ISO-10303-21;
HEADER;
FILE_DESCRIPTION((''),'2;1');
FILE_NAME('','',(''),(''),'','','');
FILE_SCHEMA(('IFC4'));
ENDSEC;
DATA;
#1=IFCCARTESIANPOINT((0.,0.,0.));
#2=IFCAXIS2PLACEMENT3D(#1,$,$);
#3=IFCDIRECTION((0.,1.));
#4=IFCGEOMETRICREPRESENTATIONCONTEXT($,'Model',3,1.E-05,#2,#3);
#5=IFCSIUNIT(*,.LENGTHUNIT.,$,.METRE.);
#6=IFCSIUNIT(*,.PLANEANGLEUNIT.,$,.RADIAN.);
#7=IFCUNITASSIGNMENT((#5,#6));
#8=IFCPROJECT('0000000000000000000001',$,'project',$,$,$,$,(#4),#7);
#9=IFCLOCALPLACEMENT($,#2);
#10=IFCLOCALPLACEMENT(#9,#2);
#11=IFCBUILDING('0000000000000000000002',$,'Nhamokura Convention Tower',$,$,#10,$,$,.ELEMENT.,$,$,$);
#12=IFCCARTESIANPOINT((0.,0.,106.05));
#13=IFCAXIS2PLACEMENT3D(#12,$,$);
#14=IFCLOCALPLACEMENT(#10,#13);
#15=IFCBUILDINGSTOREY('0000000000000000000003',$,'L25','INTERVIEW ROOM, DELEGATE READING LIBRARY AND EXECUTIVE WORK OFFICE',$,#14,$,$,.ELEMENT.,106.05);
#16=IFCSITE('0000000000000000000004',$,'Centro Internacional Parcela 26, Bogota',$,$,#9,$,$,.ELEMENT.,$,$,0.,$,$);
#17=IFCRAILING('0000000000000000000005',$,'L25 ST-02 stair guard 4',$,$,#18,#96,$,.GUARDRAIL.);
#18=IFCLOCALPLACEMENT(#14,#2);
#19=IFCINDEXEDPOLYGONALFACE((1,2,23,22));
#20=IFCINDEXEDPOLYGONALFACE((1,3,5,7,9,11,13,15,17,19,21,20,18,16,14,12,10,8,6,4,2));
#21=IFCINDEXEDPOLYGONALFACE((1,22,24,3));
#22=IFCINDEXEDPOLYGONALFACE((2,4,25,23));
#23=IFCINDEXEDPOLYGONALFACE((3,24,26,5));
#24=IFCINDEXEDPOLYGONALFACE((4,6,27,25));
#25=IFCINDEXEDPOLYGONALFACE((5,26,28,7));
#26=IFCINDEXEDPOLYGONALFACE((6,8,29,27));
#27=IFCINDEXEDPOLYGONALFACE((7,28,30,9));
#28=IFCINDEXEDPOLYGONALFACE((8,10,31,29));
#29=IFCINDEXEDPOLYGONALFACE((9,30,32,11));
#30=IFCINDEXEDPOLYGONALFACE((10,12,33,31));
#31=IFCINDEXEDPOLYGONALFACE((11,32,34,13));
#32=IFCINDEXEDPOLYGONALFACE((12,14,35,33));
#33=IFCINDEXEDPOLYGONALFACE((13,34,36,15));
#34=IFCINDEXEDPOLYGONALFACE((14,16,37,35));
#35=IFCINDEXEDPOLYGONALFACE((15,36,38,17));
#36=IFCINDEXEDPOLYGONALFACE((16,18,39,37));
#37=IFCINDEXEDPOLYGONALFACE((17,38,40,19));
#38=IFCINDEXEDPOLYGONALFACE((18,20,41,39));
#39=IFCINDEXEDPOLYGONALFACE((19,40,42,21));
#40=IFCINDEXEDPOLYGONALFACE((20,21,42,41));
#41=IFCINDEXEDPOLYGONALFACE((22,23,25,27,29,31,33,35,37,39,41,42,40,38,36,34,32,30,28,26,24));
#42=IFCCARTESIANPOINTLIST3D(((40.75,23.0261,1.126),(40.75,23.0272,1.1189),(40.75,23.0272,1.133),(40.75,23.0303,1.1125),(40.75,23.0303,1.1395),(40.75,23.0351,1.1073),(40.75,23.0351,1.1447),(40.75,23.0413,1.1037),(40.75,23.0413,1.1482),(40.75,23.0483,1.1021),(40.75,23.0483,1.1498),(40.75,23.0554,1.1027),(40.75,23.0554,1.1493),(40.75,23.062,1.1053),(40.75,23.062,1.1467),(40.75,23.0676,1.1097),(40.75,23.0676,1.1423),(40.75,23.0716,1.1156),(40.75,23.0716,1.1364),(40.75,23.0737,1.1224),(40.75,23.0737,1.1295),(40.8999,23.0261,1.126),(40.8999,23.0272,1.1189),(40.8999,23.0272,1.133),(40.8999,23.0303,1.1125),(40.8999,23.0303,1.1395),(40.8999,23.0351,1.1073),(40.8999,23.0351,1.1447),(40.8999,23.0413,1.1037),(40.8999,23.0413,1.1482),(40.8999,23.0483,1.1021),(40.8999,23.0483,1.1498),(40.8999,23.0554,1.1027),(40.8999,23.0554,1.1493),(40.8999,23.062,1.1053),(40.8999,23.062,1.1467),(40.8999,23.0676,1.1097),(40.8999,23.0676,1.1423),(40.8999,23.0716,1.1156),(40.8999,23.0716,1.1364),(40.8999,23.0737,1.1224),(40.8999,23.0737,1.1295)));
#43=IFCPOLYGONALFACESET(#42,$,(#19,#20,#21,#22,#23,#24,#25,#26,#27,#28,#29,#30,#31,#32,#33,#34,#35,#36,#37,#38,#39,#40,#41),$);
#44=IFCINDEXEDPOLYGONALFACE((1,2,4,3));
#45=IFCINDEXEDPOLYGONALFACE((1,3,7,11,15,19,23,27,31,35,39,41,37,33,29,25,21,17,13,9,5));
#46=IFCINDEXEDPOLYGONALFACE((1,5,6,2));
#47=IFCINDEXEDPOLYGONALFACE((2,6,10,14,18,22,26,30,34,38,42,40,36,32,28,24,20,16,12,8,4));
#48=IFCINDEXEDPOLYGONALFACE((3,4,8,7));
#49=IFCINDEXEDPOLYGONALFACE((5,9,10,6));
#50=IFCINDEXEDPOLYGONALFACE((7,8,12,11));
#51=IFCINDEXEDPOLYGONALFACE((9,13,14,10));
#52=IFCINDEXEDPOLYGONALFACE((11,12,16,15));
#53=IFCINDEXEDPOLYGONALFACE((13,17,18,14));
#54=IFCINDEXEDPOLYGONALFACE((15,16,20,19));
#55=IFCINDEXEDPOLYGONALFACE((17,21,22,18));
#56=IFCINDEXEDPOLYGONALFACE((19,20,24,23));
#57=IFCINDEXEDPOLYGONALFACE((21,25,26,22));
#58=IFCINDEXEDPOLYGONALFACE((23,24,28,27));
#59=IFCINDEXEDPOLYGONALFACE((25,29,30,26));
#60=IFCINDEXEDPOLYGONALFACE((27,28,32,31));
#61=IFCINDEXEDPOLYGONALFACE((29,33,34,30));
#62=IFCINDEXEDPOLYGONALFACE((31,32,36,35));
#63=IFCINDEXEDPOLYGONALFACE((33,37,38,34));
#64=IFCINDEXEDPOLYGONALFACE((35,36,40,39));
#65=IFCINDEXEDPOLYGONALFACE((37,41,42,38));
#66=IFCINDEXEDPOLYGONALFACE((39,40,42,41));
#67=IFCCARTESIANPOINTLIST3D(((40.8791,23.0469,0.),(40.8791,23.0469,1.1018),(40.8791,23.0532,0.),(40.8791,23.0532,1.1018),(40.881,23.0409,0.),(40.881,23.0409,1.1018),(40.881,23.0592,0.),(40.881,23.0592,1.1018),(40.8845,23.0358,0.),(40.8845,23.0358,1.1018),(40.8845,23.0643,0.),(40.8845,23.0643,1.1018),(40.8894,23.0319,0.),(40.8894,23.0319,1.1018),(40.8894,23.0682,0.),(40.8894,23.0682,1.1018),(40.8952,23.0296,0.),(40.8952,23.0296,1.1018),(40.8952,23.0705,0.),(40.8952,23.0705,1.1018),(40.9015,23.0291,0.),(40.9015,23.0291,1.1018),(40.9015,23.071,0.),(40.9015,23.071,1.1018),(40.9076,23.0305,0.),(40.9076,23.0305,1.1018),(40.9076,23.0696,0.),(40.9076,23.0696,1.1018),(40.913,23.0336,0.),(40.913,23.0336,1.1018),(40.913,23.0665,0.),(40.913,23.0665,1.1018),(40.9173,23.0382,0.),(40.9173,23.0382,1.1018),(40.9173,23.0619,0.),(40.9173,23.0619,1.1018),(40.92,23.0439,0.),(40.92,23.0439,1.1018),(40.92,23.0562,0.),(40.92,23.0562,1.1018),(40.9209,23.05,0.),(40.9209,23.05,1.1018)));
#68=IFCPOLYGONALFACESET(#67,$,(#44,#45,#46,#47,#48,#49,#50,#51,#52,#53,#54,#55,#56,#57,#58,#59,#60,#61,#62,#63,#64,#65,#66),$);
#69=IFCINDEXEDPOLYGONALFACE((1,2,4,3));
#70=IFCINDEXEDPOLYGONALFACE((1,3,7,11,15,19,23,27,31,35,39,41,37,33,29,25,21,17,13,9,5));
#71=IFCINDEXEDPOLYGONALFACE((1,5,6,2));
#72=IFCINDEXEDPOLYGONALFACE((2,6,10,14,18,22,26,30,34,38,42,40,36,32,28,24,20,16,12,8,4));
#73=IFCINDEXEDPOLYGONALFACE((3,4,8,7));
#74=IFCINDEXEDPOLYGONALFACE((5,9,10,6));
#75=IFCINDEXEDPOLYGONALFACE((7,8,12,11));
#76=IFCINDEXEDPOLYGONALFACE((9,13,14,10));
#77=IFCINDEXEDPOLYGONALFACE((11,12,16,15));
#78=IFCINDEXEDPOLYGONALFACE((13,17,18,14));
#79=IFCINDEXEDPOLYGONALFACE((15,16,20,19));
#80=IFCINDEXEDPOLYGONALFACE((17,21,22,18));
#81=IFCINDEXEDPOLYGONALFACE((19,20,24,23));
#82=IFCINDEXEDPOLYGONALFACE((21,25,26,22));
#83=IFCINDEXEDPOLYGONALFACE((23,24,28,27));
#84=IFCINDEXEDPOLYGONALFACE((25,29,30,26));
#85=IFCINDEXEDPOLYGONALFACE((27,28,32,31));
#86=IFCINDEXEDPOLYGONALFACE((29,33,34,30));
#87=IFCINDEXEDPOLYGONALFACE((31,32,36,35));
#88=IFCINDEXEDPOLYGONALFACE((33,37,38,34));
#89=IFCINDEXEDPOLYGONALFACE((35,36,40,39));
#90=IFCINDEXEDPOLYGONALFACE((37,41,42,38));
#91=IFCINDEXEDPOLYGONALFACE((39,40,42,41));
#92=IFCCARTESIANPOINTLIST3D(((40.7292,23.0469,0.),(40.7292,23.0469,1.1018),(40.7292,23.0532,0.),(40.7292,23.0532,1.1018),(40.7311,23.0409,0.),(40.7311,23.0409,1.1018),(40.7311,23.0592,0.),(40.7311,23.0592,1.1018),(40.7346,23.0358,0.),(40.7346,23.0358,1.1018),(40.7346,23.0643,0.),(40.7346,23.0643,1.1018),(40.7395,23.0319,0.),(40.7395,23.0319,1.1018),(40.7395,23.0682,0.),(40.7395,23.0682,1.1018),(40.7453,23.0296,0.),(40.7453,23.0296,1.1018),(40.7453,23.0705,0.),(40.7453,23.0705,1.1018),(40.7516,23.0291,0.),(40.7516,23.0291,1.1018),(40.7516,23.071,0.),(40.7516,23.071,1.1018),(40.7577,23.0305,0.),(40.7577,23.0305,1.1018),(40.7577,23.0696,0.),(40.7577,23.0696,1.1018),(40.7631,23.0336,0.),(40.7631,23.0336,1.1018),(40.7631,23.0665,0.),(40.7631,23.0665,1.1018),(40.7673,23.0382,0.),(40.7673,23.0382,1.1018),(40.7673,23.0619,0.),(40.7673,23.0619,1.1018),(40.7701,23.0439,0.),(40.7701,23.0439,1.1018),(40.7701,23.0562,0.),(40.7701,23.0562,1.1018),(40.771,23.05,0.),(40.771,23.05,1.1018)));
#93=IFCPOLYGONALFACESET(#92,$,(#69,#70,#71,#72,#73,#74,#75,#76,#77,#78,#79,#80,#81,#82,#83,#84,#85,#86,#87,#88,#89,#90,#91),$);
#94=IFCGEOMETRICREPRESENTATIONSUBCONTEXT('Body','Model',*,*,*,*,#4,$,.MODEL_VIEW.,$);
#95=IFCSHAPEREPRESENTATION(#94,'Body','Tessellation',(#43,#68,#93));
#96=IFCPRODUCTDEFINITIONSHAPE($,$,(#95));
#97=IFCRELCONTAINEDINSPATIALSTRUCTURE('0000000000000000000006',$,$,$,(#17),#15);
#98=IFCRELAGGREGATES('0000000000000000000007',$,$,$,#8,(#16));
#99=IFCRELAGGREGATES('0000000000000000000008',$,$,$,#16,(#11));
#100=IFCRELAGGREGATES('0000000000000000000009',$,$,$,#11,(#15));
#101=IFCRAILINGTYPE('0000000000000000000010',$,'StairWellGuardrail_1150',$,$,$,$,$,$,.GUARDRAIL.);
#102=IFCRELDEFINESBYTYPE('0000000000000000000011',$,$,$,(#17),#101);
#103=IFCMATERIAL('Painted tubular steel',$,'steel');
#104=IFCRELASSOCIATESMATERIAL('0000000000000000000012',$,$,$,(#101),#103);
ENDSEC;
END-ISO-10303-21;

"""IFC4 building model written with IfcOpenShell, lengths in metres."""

from ifc_helpers import new_model, si_unit, direction, frame, origin, origin_2d, place, context, subcontext, project, spatial, circle, extrude, material, type_object, element, save


model = new_model("IFC4")

# Units and contexts
model_context = context("Model", 3, precision=1e-05, world=origin(), true_north=direction((0.0, 1.0)))
body_context = subcontext(model_context, "Body", "Model", "MODEL_VIEW")
ifc_project = project(units=[si_unit("LENGTHUNIT", "METRE"), si_unit("PLANEANGLEUNIT", "RADIAN")], contexts=[model_context])

# Site, building, storey
site_placement = place(None, origin())
site = spatial("IfcSite", under=ifc_project, at=site_placement, Name="Centro Internacional Parcela 26, Bogota", CompositionType="ELEMENT", RefElevation=0.0)
building_placement = place(site_placement, origin())
building = spatial("IfcBuilding", under=site, at=building_placement, Name="Nhamokura Convention Tower", CompositionType="ELEMENT")
storey_placement = place(building_placement, frame((0.0, 0.0, 106.05)))
storey = spatial("IfcBuildingStorey", under=building, at=storey_placement, Name="L25", Description="INTERVIEW ROOM, DELEGATE READING LIBRARY AND EXECUTIVE WORK OFFICE", CompositionType="ELEMENT", Elevation=106.05)

# Railing
ifc_material_1 = material(Name="Painted tubular steel", Category="steel")
railing_type_1 = type_object("IfcRailingType", Name="StairWellGuardrail_1150", PredefinedType="GUARDRAIL", material=ifc_material_1)
railing_1_placement = place(storey_placement, frame((40.8999, 23.05, 0.0)))
element("IfcRailing", 1, at=railing_1_placement, inside=storey, type_object=railing_type_1, Name="L25 ST-02 stair guard 4", PredefinedType="GUARDRAIL", context=body_context, shape_type="SweptSolid", body=[
    extrude(circle(Radius=0.0239, at=origin_2d()), frame((0.0, 0.0, 1.126), z_axis=(-1.0, 0.0, 0.0), x_axis=(0.0, -1.0, 0.0)), (0.0, 0.0, 1.0), 0.1499),
    extrude(circle(Radius=0.021, at=origin_2d()), origin(), (0.0, 0.0, 1.0), 1.1018),
    extrude(circle(Radius=0.021, at=origin_2d()), frame((-0.1499, 0.0, 0.0)), (0.0, 0.0, 1.0), 1.1018),
])

save(model, "model.ifc")
